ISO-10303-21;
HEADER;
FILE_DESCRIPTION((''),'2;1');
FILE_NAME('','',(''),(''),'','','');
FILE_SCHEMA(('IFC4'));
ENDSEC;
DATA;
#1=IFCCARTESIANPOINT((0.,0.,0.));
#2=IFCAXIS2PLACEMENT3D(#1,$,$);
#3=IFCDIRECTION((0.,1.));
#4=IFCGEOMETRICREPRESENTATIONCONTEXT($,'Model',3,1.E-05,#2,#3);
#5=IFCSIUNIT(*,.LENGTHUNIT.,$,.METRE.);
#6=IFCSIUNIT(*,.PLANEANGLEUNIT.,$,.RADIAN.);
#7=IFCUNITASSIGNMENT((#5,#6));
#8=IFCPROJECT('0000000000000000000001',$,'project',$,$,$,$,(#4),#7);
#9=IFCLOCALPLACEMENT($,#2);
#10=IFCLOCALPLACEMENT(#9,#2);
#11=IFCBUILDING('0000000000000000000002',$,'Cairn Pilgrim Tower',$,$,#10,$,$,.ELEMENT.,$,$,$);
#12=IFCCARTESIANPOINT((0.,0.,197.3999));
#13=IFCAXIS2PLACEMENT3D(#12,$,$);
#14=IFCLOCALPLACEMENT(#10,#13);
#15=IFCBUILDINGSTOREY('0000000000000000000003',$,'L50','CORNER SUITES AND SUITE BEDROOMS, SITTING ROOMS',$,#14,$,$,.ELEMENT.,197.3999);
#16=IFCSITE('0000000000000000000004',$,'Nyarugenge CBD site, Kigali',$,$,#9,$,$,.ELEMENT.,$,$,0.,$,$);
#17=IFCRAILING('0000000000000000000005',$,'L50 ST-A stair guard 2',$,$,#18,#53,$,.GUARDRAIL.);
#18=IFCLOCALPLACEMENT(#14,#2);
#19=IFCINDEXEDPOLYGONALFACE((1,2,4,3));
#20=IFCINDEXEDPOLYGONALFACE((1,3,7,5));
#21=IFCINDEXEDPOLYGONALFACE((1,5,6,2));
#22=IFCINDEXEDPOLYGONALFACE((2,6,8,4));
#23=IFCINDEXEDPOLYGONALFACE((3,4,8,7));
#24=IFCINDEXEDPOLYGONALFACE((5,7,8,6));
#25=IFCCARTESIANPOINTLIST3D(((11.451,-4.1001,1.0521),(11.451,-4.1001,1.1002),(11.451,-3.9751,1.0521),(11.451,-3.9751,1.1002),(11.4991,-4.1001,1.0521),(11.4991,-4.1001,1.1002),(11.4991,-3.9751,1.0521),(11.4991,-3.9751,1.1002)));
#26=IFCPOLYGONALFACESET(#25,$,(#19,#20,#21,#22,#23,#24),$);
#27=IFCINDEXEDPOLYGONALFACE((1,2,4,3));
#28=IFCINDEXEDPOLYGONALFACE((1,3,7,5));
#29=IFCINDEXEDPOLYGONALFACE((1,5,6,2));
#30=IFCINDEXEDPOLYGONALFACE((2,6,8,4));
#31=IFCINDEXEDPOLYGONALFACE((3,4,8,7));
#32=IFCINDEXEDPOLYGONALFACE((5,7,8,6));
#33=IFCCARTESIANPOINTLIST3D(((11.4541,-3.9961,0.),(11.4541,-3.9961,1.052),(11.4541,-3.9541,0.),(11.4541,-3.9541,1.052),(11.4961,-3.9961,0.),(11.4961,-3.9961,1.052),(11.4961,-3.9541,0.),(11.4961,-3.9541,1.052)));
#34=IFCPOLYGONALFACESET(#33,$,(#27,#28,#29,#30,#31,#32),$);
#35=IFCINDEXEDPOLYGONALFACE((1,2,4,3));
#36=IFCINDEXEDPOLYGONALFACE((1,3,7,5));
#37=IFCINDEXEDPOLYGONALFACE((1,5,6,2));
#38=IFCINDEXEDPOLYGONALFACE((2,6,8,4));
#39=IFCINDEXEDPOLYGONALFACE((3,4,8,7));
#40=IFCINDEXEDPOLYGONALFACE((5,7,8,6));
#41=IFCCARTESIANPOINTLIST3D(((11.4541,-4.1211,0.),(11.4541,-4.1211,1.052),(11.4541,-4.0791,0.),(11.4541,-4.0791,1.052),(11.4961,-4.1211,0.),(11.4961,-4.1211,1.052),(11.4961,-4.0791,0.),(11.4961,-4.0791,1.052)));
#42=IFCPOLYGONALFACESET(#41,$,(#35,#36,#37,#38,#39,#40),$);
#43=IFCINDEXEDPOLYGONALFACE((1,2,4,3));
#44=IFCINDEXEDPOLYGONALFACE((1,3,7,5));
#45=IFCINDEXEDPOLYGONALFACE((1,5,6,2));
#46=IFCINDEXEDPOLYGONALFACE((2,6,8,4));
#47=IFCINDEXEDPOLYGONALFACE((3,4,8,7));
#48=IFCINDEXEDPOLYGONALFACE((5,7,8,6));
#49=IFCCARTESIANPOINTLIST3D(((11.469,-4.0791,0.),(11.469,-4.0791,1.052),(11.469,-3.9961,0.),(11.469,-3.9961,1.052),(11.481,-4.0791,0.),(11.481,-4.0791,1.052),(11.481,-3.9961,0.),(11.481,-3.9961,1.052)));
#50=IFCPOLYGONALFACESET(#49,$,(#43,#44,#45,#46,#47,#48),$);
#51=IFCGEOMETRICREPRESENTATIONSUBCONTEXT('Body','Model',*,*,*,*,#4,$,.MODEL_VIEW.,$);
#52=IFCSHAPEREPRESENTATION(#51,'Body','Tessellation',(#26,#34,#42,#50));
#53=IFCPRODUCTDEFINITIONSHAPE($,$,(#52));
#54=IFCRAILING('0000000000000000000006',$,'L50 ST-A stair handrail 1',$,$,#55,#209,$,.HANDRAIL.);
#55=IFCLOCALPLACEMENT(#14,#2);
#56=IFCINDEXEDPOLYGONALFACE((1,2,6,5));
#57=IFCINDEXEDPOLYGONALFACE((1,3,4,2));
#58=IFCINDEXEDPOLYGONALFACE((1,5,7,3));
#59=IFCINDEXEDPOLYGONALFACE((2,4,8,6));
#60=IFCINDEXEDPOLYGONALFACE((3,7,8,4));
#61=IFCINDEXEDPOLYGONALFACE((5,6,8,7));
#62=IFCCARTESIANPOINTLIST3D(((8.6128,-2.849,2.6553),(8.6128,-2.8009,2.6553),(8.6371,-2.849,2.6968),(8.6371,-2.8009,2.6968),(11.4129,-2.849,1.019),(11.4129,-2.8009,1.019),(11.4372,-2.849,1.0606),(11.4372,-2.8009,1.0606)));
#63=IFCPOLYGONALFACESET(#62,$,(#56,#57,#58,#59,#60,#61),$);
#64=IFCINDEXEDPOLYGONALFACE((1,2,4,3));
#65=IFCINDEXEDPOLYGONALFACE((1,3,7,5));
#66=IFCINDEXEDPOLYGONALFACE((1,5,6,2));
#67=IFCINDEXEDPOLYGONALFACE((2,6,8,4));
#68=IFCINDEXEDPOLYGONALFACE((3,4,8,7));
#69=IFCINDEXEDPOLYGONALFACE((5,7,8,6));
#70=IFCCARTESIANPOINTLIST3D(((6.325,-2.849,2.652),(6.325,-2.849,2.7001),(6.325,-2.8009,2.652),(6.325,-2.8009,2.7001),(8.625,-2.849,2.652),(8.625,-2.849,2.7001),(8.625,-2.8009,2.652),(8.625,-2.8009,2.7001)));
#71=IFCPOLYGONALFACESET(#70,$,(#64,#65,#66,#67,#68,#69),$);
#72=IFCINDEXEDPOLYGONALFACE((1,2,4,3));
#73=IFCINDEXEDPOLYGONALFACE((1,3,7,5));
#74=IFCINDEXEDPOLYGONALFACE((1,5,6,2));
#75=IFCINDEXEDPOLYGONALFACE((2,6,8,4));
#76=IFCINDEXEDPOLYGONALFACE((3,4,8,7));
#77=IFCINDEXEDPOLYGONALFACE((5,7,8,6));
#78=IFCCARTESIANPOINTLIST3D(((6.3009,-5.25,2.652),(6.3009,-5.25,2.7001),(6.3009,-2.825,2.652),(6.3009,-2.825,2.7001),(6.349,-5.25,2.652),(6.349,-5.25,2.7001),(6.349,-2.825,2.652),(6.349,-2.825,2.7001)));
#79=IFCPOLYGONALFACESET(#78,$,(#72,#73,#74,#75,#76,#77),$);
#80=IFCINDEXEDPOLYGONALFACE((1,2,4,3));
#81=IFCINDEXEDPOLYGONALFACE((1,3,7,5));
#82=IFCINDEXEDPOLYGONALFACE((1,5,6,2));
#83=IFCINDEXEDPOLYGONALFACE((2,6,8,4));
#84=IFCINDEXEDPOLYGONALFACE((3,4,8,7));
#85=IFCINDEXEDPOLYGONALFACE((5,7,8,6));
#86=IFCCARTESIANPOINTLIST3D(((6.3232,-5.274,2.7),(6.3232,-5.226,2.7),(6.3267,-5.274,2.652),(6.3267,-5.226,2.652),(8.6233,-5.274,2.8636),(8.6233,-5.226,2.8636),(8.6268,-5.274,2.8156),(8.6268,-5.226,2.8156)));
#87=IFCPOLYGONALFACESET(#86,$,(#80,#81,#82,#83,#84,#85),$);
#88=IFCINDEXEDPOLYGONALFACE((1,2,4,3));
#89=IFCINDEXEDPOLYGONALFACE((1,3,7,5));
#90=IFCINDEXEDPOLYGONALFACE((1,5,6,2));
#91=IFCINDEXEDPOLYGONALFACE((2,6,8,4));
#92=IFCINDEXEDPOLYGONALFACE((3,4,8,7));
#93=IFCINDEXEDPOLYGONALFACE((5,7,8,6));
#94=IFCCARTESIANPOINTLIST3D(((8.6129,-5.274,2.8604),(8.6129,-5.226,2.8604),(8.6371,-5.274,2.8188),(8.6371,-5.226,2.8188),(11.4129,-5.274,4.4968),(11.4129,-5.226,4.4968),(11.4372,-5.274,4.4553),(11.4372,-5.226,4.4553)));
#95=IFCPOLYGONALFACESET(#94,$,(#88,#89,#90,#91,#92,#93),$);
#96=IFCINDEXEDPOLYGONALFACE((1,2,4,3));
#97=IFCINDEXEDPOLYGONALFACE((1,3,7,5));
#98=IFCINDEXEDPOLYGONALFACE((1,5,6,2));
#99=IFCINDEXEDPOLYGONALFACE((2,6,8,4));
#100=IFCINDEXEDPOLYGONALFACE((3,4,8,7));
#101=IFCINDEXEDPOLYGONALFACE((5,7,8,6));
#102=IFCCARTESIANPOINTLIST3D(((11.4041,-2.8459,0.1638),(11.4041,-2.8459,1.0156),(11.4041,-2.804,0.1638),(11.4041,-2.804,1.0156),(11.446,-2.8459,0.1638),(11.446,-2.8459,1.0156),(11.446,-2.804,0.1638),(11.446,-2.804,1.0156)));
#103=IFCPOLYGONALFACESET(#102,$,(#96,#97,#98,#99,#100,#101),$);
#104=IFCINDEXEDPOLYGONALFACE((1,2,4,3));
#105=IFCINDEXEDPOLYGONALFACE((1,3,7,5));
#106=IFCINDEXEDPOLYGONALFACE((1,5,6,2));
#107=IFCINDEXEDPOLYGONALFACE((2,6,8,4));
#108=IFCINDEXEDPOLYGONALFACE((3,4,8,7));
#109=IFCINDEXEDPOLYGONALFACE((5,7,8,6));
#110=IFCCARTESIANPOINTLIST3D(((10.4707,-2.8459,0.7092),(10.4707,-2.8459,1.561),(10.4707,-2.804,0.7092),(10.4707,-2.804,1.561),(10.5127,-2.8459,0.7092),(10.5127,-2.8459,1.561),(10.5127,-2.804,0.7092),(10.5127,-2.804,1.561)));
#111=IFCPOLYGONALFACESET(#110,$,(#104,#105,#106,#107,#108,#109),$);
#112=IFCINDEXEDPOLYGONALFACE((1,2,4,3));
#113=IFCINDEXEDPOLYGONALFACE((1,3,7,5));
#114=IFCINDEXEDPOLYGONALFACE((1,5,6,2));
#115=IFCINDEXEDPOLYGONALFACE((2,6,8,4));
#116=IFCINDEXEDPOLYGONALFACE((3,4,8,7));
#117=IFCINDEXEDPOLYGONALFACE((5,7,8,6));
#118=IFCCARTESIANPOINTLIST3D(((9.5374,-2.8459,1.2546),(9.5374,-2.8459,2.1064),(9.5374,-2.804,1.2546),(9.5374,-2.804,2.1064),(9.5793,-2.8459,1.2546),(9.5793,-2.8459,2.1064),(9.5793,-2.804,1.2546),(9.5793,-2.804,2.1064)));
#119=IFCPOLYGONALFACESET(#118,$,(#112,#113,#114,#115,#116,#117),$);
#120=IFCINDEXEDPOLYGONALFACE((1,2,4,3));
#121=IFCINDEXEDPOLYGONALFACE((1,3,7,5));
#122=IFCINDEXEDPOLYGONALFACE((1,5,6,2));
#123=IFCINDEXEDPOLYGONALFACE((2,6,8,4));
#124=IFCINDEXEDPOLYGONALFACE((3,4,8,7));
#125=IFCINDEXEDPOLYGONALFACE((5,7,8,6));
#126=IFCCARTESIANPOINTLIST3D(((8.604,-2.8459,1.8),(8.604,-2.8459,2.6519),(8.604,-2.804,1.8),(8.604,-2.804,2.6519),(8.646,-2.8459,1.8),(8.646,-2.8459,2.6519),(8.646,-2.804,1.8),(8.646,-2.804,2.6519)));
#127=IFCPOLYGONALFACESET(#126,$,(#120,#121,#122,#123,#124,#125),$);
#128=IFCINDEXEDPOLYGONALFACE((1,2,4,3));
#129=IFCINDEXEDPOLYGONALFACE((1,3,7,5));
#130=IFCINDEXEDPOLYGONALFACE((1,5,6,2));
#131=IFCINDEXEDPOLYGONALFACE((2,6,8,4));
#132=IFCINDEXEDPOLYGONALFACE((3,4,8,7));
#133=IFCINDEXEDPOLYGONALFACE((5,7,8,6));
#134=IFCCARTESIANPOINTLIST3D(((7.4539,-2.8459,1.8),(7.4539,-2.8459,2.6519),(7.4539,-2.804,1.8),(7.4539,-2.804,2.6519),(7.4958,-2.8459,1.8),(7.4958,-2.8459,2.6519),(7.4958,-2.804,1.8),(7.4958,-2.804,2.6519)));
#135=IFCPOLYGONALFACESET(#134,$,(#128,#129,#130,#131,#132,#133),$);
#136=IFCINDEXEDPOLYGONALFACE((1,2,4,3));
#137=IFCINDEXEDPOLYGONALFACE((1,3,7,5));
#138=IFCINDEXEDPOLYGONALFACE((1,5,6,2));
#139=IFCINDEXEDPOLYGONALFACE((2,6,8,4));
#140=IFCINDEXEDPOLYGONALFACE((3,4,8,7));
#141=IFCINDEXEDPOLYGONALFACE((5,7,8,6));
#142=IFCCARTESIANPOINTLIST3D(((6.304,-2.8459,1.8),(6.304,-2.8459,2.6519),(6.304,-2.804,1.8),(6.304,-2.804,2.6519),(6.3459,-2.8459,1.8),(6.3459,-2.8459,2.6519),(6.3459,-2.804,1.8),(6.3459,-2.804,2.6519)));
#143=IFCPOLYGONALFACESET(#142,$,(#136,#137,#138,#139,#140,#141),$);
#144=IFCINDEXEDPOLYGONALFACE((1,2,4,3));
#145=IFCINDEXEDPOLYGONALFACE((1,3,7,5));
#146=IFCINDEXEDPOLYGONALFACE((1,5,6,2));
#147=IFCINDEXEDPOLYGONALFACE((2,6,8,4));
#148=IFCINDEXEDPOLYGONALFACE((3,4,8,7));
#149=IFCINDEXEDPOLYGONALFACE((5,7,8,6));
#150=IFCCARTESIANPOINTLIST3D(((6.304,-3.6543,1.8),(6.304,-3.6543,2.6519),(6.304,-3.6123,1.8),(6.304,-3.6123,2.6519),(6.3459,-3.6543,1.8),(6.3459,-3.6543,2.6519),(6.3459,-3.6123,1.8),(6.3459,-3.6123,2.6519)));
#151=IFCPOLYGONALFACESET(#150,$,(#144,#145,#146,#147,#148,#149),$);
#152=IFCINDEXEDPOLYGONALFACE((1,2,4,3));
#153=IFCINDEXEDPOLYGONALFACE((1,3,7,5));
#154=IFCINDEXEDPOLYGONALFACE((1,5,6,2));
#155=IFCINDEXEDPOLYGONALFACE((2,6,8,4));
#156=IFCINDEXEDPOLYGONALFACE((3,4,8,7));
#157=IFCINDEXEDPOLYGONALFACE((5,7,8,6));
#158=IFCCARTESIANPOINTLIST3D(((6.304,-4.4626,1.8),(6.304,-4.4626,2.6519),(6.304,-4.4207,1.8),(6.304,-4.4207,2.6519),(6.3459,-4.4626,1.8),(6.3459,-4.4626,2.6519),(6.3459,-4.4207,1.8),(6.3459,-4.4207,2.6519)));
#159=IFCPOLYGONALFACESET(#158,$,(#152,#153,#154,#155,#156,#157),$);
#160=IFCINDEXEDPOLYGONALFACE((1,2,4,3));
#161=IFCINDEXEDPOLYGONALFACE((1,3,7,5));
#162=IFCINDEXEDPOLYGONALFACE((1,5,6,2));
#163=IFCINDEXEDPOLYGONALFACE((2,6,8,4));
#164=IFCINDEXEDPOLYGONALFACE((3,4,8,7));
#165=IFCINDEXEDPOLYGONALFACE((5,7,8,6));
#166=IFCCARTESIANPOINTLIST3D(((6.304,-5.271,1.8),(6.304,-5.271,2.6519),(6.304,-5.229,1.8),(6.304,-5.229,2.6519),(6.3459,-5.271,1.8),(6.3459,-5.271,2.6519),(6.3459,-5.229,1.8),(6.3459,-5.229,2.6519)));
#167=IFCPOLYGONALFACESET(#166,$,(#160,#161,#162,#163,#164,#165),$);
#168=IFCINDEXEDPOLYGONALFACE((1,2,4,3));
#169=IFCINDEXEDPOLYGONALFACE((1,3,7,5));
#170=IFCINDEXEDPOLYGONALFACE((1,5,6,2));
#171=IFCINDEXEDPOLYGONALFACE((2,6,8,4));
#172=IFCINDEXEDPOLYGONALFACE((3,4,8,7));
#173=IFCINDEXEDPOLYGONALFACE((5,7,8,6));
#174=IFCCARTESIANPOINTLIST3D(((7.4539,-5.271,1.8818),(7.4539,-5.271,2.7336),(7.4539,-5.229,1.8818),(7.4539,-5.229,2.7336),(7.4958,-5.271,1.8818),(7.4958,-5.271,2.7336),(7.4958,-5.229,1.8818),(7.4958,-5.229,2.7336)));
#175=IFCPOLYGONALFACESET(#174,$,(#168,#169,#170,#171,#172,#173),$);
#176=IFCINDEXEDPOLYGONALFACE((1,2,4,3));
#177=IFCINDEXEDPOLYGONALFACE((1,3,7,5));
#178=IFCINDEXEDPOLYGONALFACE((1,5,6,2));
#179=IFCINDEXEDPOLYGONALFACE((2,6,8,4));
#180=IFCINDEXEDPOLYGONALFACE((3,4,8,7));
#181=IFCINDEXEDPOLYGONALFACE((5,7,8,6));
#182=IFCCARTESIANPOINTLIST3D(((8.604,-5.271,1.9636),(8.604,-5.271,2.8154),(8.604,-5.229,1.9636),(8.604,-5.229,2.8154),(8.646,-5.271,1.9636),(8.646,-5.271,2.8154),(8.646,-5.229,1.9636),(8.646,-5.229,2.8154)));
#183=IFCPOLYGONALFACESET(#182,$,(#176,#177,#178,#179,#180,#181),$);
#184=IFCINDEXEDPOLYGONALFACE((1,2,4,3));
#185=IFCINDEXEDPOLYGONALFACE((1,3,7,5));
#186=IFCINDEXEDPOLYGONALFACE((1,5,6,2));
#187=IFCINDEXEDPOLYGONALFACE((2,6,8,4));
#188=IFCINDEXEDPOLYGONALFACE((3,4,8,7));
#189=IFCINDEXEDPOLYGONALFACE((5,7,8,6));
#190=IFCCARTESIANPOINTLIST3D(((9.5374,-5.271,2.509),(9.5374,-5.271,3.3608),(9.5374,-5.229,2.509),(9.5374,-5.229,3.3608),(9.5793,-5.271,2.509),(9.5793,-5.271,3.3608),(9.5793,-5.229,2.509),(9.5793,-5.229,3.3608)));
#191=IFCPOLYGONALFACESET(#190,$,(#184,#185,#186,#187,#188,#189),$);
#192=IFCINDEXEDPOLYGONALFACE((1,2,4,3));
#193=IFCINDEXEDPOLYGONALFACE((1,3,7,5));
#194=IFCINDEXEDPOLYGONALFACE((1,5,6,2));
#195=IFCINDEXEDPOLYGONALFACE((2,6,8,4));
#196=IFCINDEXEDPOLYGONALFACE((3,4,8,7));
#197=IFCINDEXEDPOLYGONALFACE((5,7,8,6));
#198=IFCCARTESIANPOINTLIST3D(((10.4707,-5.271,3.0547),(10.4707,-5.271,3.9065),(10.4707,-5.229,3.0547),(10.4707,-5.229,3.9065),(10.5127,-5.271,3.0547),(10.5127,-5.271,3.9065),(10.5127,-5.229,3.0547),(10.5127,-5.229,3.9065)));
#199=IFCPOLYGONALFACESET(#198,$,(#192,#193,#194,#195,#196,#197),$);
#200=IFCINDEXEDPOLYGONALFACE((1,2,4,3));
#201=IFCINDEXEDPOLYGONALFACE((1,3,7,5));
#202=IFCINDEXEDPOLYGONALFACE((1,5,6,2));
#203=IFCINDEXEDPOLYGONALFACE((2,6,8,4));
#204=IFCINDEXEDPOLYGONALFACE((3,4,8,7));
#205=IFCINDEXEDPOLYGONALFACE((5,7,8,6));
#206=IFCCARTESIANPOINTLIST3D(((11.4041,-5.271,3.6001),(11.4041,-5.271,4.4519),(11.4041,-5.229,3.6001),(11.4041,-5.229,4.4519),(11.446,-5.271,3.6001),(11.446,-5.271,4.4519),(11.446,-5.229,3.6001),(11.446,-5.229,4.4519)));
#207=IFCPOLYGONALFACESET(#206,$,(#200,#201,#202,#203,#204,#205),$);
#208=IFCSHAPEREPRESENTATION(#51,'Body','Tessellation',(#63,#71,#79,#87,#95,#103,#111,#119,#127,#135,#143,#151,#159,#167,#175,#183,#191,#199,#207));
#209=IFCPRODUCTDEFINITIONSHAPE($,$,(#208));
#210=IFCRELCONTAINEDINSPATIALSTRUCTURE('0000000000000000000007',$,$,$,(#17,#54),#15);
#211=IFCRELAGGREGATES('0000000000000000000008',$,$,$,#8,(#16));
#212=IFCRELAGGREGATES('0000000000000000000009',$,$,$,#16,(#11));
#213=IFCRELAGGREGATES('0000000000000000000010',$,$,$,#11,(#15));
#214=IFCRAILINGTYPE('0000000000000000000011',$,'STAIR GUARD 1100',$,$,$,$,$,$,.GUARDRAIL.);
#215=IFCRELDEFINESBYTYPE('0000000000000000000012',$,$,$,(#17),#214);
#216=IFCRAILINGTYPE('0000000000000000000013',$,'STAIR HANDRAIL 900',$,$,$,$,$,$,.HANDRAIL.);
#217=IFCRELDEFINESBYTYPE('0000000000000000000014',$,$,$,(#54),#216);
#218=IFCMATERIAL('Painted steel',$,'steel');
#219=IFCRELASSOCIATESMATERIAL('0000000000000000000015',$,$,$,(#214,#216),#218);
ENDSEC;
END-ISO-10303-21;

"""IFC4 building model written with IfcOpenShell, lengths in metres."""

from ifc_helpers import new_model, si_unit, direction, frame, origin, origin_2d, place, context, subcontext, project, spatial, polyline, rectangle, outline, extrude, material, type_object, element, save


model = new_model("IFC4")

# Units and contexts
model_context = context("Model", 3, precision=1e-05, world=origin(), true_north=direction((0.0, 1.0)))
body_context = subcontext(model_context, "Body", "Model", "MODEL_VIEW")
ifc_project = project(units=[si_unit("LENGTHUNIT", "METRE"), si_unit("PLANEANGLEUNIT", "RADIAN")], contexts=[model_context])

# Site, building, storey
site_placement = place(None, origin())
site = spatial("IfcSite", under=ifc_project, at=site_placement, Name="Nyarugenge CBD site, Kigali", CompositionType="ELEMENT", RefElevation=0.0)
building_placement = place(site_placement, origin())
building = spatial("IfcBuilding", under=site, at=building_placement, Name="Cairn Pilgrim Tower", CompositionType="ELEMENT")
storey_placement = place(building_placement, frame((0.0, 0.0, 197.3999)))
storey = spatial("IfcBuildingStorey", under=building, at=storey_placement, Name="L50", Description="CORNER SUITES AND SUITE BEDROOMS, SITTING ROOMS", CompositionType="ELEMENT", Elevation=197.3999)

# Shared definitions
ifc_material_1 = material(Name="Painted steel", Category="steel")

# Railings
railing_type_1 = type_object("IfcRailingType", Name="STAIR GUARD 1100", PredefinedType="GUARDRAIL", material=ifc_material_1)
railing_1_placement = place(storey_placement, frame((11.4751, -3.9751, 0.0)))
element("IfcRailing", 1, at=railing_1_placement, inside=storey, type_object=railing_type_1, Name="L50 ST-A stair guard 2", PredefinedType="GUARDRAIL", context=body_context, shape_type="SweptSolid", body=[
    extrude(rectangle(XDim=0.0481, YDim=0.0481, at=origin_2d()), frame((0.0, 0.0, 1.0762), z_axis=(0.0, -1.0, 0.0), x_axis=(1.0, 0.0, 0.0)), (0.0, 0.0, 1.0), 0.125),
    extrude(rectangle(XDim=0.042, YDim=0.042, at=origin_2d()), origin(), (0.0, 0.0, 1.0), 1.052),
    extrude(rectangle(XDim=0.042, YDim=0.042, at=origin_2d()), frame((0.0, -0.125, 0.0)), (0.0, 0.0, 1.0), 1.052),
    extrude(outline(polyline([(0.021, 0.0), (0.104, 0.0), (0.104, 1.052), (0.021, 1.052), (0.021, 0.0)])), frame((0.0059, 0.0, 0.0), z_axis=(-1.0, 0.0, 0.0), x_axis=(0.0, -1.0, 0.0)), (0.0, 0.0, 1.0), 0.012),
])
railing_type_2 = type_object("IfcRailingType", Name="STAIR HANDRAIL 900", PredefinedType="HANDRAIL", material=ifc_material_1)
railing_2_placement = place(storey_placement, frame((11.425, -2.825, 0.1638)))
element("IfcRailing", 2, at=railing_2_placement, inside=storey, type_object=railing_type_2, Name="L50 ST-A stair handrail 1", PredefinedType="HANDRAIL", context=body_context, shape_type="SweptSolid", body=[
    extrude(rectangle(XDim=0.0481, YDim=0.0481, at=origin_2d()), frame((0.0, 0.0, 0.876), z_axis=(-0.863394, 0.0, 0.504531), x_axis=(0.0, -1.0, 0.0)), (0.0, 0.0, 1.0), 3.2432),
    extrude(rectangle(XDim=0.0481, YDim=0.0481, at=origin_2d()), frame((-2.8, 0.0, 2.5122), z_axis=(-1.0, 0.0, 0.0), x_axis=(0.0, -1.0, 0.0)), (0.0, 0.0, 1.0), 2.3),
    extrude(rectangle(XDim=0.0481, YDim=0.0481, at=origin_2d()), frame((-5.1001, 0.0, 2.5122), z_axis=(0.0, -1.0, 0.0), x_axis=(1.0, 0.0, 0.0)), (0.0, 0.0, 1.0), 2.425),
    extrude(rectangle(XDim=0.0481, YDim=0.0481, at=origin_2d()), frame((-5.1001, -2.425, 2.5122), z_axis=(0.997481, 0.0, 0.070939), x_axis=(0.0, 1.0, 0.0)), (0.0, 0.0, 1.0), 2.3059),
    extrude(rectangle(XDim=0.0481, YDim=0.0481, at=origin_2d()), frame((-2.8, -2.425, 2.6758), z_axis=(0.863361, 0.0, 0.504587), x_axis=(0.0, 1.0, 0.0)), (0.0, 0.0, 1.0), 3.2432),
    extrude(rectangle(XDim=0.042, YDim=0.042, at=origin_2d()), origin(), (0.0, 0.0, 1.0), 0.8518),
    extrude(rectangle(XDim=0.042, YDim=0.042, at=origin_2d()), frame((-0.9333, 0.0, 0.5454)), (0.0, 0.0, 1.0), 0.8518),
    extrude(rectangle(XDim=0.042, YDim=0.042, at=origin_2d()), frame((-1.8667, 0.0, 1.0908)), (0.0, 0.0, 1.0), 0.8518),
    extrude(rectangle(XDim=0.042, YDim=0.042, at=origin_2d()), frame((-2.8, 0.0, 1.6362)), (0.0, 0.0, 1.0), 0.8518),
    extrude(rectangle(XDim=0.042, YDim=0.042, at=origin_2d()), frame((-3.9502, 0.0, 1.6362)), (0.0, 0.0, 1.0), 0.8518),
    extrude(rectangle(XDim=0.042, YDim=0.042, at=origin_2d()), frame((-5.1001, 0.0, 1.6362)), (0.0, 0.0, 1.0), 0.8518),
    extrude(rectangle(XDim=0.042, YDim=0.042, at=origin_2d()), frame((-5.1001, -0.8083, 1.6362)), (0.0, 0.0, 1.0), 0.8518),
    extrude(rectangle(XDim=0.042, YDim=0.042, at=origin_2d()), frame((-5.1001, -1.6167, 1.6362)), (0.0, 0.0, 1.0), 0.8518),
    extrude(rectangle(XDim=0.042, YDim=0.042, at=origin_2d()), frame((-5.1001, -2.425, 1.6362)), (0.0, 0.0, 1.0), 0.8518),
    extrude(rectangle(XDim=0.042, YDim=0.042, at=origin_2d()), frame((-3.9502, -2.425, 1.718)), (0.0, 0.0, 1.0), 0.8518),
    extrude(rectangle(XDim=0.042, YDim=0.042, at=origin_2d()), frame((-2.8, -2.425, 1.7998)), (0.0, 0.0, 1.0), 0.8518),
    extrude(rectangle(XDim=0.042, YDim=0.042, at=origin_2d()), frame((-1.8667, -2.425, 2.3452)), (0.0, 0.0, 1.0), 0.8518),
    extrude(rectangle(XDim=0.042, YDim=0.042, at=origin_2d()), frame((-0.9333, -2.425, 2.8909)), (0.0, 0.0, 1.0), 0.8518),
    extrude(rectangle(XDim=0.042, YDim=0.042, at=origin_2d()), frame((0.0, -2.425, 3.4363)), (0.0, 0.0, 1.0), 0.8518),
])

save(model, "model.ifc")
